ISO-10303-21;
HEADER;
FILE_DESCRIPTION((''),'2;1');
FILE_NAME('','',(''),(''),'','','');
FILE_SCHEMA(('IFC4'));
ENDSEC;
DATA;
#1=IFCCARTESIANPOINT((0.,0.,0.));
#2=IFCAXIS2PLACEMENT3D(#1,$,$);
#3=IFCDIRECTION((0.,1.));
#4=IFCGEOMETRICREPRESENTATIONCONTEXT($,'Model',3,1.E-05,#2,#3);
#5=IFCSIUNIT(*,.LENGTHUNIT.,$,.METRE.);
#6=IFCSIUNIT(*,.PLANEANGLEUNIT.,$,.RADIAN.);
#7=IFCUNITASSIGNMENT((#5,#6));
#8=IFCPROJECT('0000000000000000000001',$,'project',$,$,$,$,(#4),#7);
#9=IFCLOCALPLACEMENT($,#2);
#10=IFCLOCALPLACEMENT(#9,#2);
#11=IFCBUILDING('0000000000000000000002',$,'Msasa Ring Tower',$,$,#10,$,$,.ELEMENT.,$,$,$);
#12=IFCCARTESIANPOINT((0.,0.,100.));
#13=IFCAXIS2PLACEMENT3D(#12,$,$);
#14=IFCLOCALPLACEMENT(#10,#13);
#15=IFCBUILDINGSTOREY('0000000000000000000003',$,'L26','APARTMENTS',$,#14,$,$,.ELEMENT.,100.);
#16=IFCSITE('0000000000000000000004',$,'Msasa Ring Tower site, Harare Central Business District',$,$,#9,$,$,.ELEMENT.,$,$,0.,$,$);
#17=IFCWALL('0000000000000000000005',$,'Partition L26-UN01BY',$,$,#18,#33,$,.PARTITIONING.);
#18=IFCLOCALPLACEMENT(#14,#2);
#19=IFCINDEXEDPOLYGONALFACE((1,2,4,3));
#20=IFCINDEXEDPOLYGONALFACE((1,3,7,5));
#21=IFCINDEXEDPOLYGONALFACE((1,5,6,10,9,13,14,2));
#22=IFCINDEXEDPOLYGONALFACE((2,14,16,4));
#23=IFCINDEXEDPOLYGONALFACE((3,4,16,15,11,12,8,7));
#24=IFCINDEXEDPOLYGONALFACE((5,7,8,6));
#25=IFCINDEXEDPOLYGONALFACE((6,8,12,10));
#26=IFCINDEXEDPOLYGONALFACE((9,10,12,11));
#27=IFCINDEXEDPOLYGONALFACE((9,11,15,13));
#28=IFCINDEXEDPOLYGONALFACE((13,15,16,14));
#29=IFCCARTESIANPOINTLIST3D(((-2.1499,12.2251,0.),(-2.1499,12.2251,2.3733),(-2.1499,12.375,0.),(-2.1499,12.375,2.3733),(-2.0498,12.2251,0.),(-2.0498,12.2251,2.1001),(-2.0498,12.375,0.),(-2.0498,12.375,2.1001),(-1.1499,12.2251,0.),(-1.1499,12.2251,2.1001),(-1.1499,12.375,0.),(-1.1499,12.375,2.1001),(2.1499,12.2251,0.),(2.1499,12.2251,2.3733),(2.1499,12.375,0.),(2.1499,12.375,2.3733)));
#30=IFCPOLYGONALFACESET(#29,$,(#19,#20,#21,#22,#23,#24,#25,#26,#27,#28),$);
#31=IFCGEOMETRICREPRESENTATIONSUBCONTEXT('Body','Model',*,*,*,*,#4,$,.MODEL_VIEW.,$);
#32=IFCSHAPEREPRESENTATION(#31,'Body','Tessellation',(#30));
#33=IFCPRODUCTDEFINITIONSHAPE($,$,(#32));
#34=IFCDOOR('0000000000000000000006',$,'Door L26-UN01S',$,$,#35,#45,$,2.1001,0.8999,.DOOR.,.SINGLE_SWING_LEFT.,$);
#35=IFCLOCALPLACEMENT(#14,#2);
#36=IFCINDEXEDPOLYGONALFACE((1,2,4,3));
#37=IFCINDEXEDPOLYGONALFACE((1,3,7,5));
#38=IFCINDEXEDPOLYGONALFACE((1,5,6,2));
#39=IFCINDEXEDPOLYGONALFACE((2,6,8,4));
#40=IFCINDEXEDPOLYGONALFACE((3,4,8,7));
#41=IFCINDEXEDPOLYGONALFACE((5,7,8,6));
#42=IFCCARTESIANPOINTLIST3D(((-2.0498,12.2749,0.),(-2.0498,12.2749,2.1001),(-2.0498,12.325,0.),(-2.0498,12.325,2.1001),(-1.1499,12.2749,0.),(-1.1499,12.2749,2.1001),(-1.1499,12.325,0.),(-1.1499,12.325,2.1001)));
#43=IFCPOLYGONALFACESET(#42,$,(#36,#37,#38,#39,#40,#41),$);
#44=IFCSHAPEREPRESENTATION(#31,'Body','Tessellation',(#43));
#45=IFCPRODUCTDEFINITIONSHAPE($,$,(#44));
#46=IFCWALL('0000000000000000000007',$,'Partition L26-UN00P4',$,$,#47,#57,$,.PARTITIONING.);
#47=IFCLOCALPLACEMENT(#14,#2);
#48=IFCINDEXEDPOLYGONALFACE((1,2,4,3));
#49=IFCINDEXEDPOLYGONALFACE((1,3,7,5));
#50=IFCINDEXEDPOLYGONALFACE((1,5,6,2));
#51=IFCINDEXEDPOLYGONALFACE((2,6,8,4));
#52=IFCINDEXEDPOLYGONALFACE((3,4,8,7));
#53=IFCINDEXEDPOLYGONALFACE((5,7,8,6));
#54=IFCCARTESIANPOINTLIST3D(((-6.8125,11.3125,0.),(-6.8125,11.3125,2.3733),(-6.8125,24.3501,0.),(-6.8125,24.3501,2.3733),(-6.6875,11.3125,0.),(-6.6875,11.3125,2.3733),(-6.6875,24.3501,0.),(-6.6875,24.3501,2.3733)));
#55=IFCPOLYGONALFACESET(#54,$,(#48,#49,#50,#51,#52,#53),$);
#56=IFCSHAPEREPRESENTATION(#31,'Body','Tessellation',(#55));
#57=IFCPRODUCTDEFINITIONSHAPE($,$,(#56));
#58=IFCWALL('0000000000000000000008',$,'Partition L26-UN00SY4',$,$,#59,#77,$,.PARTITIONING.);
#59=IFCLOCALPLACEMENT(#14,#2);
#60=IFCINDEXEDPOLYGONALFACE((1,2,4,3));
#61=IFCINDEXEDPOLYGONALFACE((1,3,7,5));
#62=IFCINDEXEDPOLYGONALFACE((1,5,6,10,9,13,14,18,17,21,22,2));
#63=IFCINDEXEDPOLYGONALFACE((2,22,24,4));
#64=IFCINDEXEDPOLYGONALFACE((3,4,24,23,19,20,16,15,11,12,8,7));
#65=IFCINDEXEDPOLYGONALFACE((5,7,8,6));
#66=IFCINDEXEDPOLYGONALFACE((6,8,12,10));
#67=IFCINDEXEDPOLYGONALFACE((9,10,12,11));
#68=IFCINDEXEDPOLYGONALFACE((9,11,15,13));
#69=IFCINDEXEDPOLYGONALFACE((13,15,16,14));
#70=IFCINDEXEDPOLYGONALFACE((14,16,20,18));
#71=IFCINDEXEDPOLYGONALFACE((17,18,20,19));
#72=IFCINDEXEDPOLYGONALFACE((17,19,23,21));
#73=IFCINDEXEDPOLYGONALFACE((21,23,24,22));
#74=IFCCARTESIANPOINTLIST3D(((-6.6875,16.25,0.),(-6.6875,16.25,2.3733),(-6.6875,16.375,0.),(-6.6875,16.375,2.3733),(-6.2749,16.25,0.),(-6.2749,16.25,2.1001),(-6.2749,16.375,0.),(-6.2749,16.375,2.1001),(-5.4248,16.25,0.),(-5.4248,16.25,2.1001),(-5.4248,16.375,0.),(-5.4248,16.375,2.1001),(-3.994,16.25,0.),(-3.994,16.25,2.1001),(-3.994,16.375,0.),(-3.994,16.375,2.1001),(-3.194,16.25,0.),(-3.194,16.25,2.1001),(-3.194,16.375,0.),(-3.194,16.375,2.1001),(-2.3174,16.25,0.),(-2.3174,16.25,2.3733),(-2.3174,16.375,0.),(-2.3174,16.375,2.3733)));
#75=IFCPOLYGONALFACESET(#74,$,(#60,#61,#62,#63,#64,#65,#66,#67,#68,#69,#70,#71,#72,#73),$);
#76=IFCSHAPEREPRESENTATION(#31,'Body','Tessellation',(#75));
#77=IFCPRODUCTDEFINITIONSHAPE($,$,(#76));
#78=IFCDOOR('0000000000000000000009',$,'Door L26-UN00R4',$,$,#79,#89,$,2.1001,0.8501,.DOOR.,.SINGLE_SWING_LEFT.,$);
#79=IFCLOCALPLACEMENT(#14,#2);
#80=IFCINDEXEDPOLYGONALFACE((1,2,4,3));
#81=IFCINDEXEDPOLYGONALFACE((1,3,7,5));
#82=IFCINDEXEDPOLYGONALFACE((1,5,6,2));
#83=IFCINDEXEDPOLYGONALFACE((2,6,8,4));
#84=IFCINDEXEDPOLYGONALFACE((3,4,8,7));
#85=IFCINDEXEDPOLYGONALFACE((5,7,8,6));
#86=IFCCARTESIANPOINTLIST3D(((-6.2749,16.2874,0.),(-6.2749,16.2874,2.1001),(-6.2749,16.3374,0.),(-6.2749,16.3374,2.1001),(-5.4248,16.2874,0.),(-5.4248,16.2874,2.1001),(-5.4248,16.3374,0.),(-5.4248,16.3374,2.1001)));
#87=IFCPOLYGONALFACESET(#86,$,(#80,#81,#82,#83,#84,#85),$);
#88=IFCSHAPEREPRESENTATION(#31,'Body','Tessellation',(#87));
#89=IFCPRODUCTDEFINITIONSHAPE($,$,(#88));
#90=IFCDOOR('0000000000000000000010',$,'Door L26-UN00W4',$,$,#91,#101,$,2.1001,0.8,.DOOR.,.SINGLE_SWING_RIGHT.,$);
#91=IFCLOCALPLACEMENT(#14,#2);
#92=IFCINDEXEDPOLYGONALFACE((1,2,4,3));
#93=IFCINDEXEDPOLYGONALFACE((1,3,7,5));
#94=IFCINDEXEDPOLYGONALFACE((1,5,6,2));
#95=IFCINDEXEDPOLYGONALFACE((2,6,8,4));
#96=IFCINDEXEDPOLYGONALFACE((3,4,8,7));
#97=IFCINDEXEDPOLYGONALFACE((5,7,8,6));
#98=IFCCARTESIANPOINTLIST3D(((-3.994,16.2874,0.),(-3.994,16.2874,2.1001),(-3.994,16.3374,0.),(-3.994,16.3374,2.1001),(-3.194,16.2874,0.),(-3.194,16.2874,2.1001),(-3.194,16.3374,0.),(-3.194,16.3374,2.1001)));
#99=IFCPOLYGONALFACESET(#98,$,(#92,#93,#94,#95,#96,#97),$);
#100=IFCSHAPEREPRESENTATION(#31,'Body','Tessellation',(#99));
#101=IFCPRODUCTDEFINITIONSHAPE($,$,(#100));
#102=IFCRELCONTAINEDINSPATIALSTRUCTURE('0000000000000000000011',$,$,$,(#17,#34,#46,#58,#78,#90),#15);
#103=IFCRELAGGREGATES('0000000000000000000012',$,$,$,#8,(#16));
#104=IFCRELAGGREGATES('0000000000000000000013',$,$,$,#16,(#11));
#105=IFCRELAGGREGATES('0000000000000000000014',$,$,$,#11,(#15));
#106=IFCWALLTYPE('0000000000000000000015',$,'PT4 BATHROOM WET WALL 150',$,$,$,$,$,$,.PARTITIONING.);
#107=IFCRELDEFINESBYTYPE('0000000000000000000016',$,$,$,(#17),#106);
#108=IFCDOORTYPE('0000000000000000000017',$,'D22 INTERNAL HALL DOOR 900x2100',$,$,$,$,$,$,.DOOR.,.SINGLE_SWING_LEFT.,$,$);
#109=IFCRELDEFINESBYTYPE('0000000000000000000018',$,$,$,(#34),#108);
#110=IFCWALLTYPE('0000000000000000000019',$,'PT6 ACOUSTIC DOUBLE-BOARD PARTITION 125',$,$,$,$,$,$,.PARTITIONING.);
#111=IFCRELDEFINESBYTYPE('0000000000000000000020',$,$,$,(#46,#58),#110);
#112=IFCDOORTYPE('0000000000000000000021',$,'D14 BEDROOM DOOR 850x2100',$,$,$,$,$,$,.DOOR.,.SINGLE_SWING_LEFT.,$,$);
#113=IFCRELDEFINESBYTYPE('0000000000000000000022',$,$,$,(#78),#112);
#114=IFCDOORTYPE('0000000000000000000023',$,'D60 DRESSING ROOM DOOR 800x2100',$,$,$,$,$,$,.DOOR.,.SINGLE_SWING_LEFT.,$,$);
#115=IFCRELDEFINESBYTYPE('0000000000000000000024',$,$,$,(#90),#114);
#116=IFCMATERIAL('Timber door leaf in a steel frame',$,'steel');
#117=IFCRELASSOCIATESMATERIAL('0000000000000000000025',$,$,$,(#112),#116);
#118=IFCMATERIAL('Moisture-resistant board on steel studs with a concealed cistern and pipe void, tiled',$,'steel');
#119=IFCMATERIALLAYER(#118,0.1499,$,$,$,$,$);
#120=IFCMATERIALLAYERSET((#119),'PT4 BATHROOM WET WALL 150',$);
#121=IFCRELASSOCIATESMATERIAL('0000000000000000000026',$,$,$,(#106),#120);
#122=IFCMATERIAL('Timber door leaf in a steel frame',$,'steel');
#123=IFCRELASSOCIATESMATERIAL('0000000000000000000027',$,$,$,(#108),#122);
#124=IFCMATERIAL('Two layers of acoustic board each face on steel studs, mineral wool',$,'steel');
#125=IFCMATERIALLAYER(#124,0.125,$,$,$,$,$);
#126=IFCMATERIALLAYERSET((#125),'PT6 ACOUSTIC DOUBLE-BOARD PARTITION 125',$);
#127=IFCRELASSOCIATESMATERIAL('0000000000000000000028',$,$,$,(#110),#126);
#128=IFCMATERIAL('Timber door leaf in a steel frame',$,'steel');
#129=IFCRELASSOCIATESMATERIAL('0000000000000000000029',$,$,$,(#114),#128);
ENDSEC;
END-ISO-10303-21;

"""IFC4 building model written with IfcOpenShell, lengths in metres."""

from ifc_helpers import new_model, si_unit, direction, frame, frame_2d, origin, place, context, subcontext, project, spatial, rectangle, extrude, material, layer, layer_set, type_object, element, fill, save


model = new_model("IFC4")

# Units and contexts
model_context = context("Model", 3, precision=1e-05, world=origin(), true_north=direction((0.0, 1.0)))
body_context = subcontext(model_context, "Body", "Model", "MODEL_VIEW")
ifc_project = project(units=[si_unit("LENGTHUNIT", "METRE"), si_unit("PLANEANGLEUNIT", "RADIAN")], contexts=[model_context])

# Site, building, storey
site_placement = place(None, origin())
site = spatial("IfcSite", under=ifc_project, at=site_placement, Name="Msasa Ring Tower site, Harare Central Business District", CompositionType="ELEMENT", RefElevation=0.0)
building_placement = place(site_placement, origin())
building = spatial("IfcBuilding", under=site, at=building_placement, Name="Msasa Ring Tower", CompositionType="ELEMENT")
storey_placement = place(building_placement, frame((0.0, 0.0, 100.0)))
storey = spatial("IfcBuildingStorey", under=building, at=storey_placement, Name="L26", Description="APARTMENTS", CompositionType="ELEMENT", Elevation=100.0)

# Shared definitions
ifc_material_1 = material(Name="Timber door leaf in a steel frame", Category="steel")
door_type_1 = type_object("IfcDoorType", Name="D14 BEDROOM DOOR 850x2100", OperationType="SINGLE_SWING_LEFT", PredefinedType="DOOR", material=ifc_material_1)

# Shared definitions
ifc_material_2 = material(Name="Moisture-resistant board on steel studs with a concealed cistern and pipe void, tiled", Category="steel")
ifc_layer_1 = layer(ifc_material_2, 0.1499)
ifc_layer_set_1 = layer_set([ifc_layer_1], Name="PT4 BATHROOM WET WALL 150")
wall_type_1 = type_object("IfcWallType", Name="PT4 BATHROOM WET WALL 150", PredefinedType="PARTITIONING", material=ifc_layer_set_1)

# Wall, opening, door
wall_1_placement = place(storey_placement, frame((-2.1499, 12.3, 0.0), z_axis=(0.0, 0.0, 1.0), x_axis=(1.0, 0.0, 0.0)))
wall_1 = element("IfcWall", 1, at=wall_1_placement, inside=storey, type_object=wall_type_1, Name="Partition L26-UN01BY", PredefinedType="PARTITIONING", context=body_context, shape_type="SweptSolid", body=[
    extrude(rectangle(XDim=4.2998, YDim=0.1499, at=frame_2d((2.1499, 0.0))), origin(), (0.0, 0.0, 1.0), 2.3733),
])
opening_1_placement = place(wall_1_placement, frame((0.1001, 0.0, 0.0)))
opening_1 = element("IfcOpeningElement", 2, at=opening_1_placement, cuts=wall_1, PredefinedType="OPENING", context=body_context, shape_type="SweptSolid", body=[
    extrude(rectangle(XDim=0.8999, YDim=2.1001, at=frame_2d((0.45, 1.05))), frame((0.0, 0.085, 0.0), z_axis=(0.0, -1.0, 0.0), x_axis=(1.0, 0.0, 0.0)), (0.0, 0.0, 1.0), 0.1699),
])
ifc_material_3 = material(Name="Timber door leaf in a steel frame", Category="steel")
door_type_2 = type_object("IfcDoorType", Name="D22 INTERNAL HALL DOOR 900x2100", OperationType="SINGLE_SWING_LEFT", PredefinedType="DOOR", material=ifc_material_3)
door_1_placement = place(opening_1_placement, origin())
door_1 = element("IfcDoor", 3, at=door_1_placement, inside=storey, type_object=door_type_2, Name="Door L26-UN01S", OperationType="SINGLE_SWING_LEFT", OverallHeight=2.1001, OverallWidth=0.8999, PredefinedType="DOOR", context=body_context, shape_type="SweptSolid", body=[
    extrude(rectangle(XDim=0.8999, YDim=2.1001, at=frame_2d((0.45, 1.05))), frame((0.0, 0.0249, 0.0), z_axis=(0.0, -1.0, 0.0), x_axis=(1.0, 0.0, 0.0)), (0.0, 0.0, 1.0), 0.05),
])
fill(opening_1, door_1)

# Wall
ifc_material_4 = material(Name="Two layers of acoustic board each face on steel studs, mineral wool", Category="steel")
ifc_layer_2 = layer(ifc_material_4, 0.125)
ifc_layer_set_2 = layer_set([ifc_layer_2], Name="PT6 ACOUSTIC DOUBLE-BOARD PARTITION 125")
wall_type_2 = type_object("IfcWallType", Name="PT6 ACOUSTIC DOUBLE-BOARD PARTITION 125", PredefinedType="PARTITIONING", material=ifc_layer_set_2)
wall_2_placement = place(storey_placement, frame((-6.75, 11.3125, 0.0), z_axis=(0.0, 0.0, 1.0), x_axis=(0.0, 1.0, 0.0)))
element("IfcWall", 4, at=wall_2_placement, inside=storey, type_object=wall_type_2, Name="Partition L26-UN00P4", PredefinedType="PARTITIONING", context=body_context, shape_type="SweptSolid", body=[
    extrude(rectangle(XDim=13.0376, YDim=0.125, at=frame_2d((6.5188, 0.0))), origin(), (0.0, 0.0, 1.0), 2.3733),
])

# Wall, openings, doors
wall_3_placement = place(storey_placement, frame((-6.6875, 16.3125, 0.0), z_axis=(0.0, 0.0, 1.0), x_axis=(1.0, 0.0, 0.0)))
wall_3 = element("IfcWall", 5, at=wall_3_placement, inside=storey, type_object=wall_type_2, Name="Partition L26-UN00SY4", PredefinedType="PARTITIONING", context=body_context, shape_type="SweptSolid", body=[
    extrude(rectangle(XDim=4.3701, YDim=0.125, at=frame_2d((2.1851, 0.0))), origin(), (0.0, 0.0, 1.0), 2.3733),
])
opening_2_placement = place(wall_3_placement, frame((0.4126, 0.0, 0.0)))
opening_2 = element("IfcOpeningElement", 6, at=opening_2_placement, cuts=wall_3, PredefinedType="OPENING", context=body_context, shape_type="SweptSolid", body=[
    extrude(rectangle(XDim=0.8501, YDim=2.1001, at=frame_2d((0.425, 1.05))), frame((0.0, 0.0725, 0.0), z_axis=(0.0, -1.0, 0.0), x_axis=(1.0, 0.0, 0.0)), (0.0, 0.0, 1.0), 0.145),
])
opening_3_placement = place(wall_3_placement, frame((2.6936, 0.0, 0.0)))
opening_3 = element("IfcOpeningElement", 7, at=opening_3_placement, cuts=wall_3, PredefinedType="OPENING", context=body_context, shape_type="SweptSolid", body=[
    extrude(rectangle(XDim=0.8, YDim=2.1001, at=frame_2d((0.3999, 1.05))), frame((0.0, 0.0725, 0.0), z_axis=(0.0, -1.0, 0.0), x_axis=(1.0, 0.0, 0.0)), (0.0, 0.0, 1.0), 0.145),
])
door_2_placement = place(opening_2_placement, origin())
door_2 = element("IfcDoor", 8, at=door_2_placement, inside=storey, type_object=door_type_1, Name="Door L26-UN00R4", OperationType="SINGLE_SWING_LEFT", OverallHeight=2.1001, OverallWidth=0.8501, PredefinedType="DOOR", context=body_context, shape_type="SweptSolid", body=[
    extrude(rectangle(XDim=0.8501, YDim=2.1001, at=frame_2d((0.425, 1.05))), frame((0.0, 0.0249, 0.0), z_axis=(0.0, -1.0, 0.0), x_axis=(1.0, 0.0, 0.0)), (0.0, 0.0, 1.0), 0.05),
])
fill(opening_2, door_2)
ifc_material_5 = material(Name="Timber door leaf in a steel frame", Category="steel")
door_type_3 = type_object("IfcDoorType", Name="D60 DRESSING ROOM DOOR 800x2100", OperationType="SINGLE_SWING_LEFT", PredefinedType="DOOR", material=ifc_material_5)
door_3_placement = place(opening_3_placement, origin())
door_3 = element("IfcDoor", 9, at=door_3_placement, inside=storey, type_object=door_type_3, Name="Door L26-UN00W4", OperationType="SINGLE_SWING_RIGHT", OverallHeight=2.1001, OverallWidth=0.8, PredefinedType="DOOR", context=body_context, shape_type="SweptSolid", body=[
    extrude(rectangle(XDim=0.8, YDim=2.1001, at=frame_2d((0.3999, 1.05))), frame((0.0, 0.0249, 0.0), z_axis=(0.0, -1.0, 0.0), x_axis=(1.0, 0.0, 0.0)), (0.0, 0.0, 1.0), 0.05),
])
fill(opening_3, door_3)

save(model, "model.ifc")
